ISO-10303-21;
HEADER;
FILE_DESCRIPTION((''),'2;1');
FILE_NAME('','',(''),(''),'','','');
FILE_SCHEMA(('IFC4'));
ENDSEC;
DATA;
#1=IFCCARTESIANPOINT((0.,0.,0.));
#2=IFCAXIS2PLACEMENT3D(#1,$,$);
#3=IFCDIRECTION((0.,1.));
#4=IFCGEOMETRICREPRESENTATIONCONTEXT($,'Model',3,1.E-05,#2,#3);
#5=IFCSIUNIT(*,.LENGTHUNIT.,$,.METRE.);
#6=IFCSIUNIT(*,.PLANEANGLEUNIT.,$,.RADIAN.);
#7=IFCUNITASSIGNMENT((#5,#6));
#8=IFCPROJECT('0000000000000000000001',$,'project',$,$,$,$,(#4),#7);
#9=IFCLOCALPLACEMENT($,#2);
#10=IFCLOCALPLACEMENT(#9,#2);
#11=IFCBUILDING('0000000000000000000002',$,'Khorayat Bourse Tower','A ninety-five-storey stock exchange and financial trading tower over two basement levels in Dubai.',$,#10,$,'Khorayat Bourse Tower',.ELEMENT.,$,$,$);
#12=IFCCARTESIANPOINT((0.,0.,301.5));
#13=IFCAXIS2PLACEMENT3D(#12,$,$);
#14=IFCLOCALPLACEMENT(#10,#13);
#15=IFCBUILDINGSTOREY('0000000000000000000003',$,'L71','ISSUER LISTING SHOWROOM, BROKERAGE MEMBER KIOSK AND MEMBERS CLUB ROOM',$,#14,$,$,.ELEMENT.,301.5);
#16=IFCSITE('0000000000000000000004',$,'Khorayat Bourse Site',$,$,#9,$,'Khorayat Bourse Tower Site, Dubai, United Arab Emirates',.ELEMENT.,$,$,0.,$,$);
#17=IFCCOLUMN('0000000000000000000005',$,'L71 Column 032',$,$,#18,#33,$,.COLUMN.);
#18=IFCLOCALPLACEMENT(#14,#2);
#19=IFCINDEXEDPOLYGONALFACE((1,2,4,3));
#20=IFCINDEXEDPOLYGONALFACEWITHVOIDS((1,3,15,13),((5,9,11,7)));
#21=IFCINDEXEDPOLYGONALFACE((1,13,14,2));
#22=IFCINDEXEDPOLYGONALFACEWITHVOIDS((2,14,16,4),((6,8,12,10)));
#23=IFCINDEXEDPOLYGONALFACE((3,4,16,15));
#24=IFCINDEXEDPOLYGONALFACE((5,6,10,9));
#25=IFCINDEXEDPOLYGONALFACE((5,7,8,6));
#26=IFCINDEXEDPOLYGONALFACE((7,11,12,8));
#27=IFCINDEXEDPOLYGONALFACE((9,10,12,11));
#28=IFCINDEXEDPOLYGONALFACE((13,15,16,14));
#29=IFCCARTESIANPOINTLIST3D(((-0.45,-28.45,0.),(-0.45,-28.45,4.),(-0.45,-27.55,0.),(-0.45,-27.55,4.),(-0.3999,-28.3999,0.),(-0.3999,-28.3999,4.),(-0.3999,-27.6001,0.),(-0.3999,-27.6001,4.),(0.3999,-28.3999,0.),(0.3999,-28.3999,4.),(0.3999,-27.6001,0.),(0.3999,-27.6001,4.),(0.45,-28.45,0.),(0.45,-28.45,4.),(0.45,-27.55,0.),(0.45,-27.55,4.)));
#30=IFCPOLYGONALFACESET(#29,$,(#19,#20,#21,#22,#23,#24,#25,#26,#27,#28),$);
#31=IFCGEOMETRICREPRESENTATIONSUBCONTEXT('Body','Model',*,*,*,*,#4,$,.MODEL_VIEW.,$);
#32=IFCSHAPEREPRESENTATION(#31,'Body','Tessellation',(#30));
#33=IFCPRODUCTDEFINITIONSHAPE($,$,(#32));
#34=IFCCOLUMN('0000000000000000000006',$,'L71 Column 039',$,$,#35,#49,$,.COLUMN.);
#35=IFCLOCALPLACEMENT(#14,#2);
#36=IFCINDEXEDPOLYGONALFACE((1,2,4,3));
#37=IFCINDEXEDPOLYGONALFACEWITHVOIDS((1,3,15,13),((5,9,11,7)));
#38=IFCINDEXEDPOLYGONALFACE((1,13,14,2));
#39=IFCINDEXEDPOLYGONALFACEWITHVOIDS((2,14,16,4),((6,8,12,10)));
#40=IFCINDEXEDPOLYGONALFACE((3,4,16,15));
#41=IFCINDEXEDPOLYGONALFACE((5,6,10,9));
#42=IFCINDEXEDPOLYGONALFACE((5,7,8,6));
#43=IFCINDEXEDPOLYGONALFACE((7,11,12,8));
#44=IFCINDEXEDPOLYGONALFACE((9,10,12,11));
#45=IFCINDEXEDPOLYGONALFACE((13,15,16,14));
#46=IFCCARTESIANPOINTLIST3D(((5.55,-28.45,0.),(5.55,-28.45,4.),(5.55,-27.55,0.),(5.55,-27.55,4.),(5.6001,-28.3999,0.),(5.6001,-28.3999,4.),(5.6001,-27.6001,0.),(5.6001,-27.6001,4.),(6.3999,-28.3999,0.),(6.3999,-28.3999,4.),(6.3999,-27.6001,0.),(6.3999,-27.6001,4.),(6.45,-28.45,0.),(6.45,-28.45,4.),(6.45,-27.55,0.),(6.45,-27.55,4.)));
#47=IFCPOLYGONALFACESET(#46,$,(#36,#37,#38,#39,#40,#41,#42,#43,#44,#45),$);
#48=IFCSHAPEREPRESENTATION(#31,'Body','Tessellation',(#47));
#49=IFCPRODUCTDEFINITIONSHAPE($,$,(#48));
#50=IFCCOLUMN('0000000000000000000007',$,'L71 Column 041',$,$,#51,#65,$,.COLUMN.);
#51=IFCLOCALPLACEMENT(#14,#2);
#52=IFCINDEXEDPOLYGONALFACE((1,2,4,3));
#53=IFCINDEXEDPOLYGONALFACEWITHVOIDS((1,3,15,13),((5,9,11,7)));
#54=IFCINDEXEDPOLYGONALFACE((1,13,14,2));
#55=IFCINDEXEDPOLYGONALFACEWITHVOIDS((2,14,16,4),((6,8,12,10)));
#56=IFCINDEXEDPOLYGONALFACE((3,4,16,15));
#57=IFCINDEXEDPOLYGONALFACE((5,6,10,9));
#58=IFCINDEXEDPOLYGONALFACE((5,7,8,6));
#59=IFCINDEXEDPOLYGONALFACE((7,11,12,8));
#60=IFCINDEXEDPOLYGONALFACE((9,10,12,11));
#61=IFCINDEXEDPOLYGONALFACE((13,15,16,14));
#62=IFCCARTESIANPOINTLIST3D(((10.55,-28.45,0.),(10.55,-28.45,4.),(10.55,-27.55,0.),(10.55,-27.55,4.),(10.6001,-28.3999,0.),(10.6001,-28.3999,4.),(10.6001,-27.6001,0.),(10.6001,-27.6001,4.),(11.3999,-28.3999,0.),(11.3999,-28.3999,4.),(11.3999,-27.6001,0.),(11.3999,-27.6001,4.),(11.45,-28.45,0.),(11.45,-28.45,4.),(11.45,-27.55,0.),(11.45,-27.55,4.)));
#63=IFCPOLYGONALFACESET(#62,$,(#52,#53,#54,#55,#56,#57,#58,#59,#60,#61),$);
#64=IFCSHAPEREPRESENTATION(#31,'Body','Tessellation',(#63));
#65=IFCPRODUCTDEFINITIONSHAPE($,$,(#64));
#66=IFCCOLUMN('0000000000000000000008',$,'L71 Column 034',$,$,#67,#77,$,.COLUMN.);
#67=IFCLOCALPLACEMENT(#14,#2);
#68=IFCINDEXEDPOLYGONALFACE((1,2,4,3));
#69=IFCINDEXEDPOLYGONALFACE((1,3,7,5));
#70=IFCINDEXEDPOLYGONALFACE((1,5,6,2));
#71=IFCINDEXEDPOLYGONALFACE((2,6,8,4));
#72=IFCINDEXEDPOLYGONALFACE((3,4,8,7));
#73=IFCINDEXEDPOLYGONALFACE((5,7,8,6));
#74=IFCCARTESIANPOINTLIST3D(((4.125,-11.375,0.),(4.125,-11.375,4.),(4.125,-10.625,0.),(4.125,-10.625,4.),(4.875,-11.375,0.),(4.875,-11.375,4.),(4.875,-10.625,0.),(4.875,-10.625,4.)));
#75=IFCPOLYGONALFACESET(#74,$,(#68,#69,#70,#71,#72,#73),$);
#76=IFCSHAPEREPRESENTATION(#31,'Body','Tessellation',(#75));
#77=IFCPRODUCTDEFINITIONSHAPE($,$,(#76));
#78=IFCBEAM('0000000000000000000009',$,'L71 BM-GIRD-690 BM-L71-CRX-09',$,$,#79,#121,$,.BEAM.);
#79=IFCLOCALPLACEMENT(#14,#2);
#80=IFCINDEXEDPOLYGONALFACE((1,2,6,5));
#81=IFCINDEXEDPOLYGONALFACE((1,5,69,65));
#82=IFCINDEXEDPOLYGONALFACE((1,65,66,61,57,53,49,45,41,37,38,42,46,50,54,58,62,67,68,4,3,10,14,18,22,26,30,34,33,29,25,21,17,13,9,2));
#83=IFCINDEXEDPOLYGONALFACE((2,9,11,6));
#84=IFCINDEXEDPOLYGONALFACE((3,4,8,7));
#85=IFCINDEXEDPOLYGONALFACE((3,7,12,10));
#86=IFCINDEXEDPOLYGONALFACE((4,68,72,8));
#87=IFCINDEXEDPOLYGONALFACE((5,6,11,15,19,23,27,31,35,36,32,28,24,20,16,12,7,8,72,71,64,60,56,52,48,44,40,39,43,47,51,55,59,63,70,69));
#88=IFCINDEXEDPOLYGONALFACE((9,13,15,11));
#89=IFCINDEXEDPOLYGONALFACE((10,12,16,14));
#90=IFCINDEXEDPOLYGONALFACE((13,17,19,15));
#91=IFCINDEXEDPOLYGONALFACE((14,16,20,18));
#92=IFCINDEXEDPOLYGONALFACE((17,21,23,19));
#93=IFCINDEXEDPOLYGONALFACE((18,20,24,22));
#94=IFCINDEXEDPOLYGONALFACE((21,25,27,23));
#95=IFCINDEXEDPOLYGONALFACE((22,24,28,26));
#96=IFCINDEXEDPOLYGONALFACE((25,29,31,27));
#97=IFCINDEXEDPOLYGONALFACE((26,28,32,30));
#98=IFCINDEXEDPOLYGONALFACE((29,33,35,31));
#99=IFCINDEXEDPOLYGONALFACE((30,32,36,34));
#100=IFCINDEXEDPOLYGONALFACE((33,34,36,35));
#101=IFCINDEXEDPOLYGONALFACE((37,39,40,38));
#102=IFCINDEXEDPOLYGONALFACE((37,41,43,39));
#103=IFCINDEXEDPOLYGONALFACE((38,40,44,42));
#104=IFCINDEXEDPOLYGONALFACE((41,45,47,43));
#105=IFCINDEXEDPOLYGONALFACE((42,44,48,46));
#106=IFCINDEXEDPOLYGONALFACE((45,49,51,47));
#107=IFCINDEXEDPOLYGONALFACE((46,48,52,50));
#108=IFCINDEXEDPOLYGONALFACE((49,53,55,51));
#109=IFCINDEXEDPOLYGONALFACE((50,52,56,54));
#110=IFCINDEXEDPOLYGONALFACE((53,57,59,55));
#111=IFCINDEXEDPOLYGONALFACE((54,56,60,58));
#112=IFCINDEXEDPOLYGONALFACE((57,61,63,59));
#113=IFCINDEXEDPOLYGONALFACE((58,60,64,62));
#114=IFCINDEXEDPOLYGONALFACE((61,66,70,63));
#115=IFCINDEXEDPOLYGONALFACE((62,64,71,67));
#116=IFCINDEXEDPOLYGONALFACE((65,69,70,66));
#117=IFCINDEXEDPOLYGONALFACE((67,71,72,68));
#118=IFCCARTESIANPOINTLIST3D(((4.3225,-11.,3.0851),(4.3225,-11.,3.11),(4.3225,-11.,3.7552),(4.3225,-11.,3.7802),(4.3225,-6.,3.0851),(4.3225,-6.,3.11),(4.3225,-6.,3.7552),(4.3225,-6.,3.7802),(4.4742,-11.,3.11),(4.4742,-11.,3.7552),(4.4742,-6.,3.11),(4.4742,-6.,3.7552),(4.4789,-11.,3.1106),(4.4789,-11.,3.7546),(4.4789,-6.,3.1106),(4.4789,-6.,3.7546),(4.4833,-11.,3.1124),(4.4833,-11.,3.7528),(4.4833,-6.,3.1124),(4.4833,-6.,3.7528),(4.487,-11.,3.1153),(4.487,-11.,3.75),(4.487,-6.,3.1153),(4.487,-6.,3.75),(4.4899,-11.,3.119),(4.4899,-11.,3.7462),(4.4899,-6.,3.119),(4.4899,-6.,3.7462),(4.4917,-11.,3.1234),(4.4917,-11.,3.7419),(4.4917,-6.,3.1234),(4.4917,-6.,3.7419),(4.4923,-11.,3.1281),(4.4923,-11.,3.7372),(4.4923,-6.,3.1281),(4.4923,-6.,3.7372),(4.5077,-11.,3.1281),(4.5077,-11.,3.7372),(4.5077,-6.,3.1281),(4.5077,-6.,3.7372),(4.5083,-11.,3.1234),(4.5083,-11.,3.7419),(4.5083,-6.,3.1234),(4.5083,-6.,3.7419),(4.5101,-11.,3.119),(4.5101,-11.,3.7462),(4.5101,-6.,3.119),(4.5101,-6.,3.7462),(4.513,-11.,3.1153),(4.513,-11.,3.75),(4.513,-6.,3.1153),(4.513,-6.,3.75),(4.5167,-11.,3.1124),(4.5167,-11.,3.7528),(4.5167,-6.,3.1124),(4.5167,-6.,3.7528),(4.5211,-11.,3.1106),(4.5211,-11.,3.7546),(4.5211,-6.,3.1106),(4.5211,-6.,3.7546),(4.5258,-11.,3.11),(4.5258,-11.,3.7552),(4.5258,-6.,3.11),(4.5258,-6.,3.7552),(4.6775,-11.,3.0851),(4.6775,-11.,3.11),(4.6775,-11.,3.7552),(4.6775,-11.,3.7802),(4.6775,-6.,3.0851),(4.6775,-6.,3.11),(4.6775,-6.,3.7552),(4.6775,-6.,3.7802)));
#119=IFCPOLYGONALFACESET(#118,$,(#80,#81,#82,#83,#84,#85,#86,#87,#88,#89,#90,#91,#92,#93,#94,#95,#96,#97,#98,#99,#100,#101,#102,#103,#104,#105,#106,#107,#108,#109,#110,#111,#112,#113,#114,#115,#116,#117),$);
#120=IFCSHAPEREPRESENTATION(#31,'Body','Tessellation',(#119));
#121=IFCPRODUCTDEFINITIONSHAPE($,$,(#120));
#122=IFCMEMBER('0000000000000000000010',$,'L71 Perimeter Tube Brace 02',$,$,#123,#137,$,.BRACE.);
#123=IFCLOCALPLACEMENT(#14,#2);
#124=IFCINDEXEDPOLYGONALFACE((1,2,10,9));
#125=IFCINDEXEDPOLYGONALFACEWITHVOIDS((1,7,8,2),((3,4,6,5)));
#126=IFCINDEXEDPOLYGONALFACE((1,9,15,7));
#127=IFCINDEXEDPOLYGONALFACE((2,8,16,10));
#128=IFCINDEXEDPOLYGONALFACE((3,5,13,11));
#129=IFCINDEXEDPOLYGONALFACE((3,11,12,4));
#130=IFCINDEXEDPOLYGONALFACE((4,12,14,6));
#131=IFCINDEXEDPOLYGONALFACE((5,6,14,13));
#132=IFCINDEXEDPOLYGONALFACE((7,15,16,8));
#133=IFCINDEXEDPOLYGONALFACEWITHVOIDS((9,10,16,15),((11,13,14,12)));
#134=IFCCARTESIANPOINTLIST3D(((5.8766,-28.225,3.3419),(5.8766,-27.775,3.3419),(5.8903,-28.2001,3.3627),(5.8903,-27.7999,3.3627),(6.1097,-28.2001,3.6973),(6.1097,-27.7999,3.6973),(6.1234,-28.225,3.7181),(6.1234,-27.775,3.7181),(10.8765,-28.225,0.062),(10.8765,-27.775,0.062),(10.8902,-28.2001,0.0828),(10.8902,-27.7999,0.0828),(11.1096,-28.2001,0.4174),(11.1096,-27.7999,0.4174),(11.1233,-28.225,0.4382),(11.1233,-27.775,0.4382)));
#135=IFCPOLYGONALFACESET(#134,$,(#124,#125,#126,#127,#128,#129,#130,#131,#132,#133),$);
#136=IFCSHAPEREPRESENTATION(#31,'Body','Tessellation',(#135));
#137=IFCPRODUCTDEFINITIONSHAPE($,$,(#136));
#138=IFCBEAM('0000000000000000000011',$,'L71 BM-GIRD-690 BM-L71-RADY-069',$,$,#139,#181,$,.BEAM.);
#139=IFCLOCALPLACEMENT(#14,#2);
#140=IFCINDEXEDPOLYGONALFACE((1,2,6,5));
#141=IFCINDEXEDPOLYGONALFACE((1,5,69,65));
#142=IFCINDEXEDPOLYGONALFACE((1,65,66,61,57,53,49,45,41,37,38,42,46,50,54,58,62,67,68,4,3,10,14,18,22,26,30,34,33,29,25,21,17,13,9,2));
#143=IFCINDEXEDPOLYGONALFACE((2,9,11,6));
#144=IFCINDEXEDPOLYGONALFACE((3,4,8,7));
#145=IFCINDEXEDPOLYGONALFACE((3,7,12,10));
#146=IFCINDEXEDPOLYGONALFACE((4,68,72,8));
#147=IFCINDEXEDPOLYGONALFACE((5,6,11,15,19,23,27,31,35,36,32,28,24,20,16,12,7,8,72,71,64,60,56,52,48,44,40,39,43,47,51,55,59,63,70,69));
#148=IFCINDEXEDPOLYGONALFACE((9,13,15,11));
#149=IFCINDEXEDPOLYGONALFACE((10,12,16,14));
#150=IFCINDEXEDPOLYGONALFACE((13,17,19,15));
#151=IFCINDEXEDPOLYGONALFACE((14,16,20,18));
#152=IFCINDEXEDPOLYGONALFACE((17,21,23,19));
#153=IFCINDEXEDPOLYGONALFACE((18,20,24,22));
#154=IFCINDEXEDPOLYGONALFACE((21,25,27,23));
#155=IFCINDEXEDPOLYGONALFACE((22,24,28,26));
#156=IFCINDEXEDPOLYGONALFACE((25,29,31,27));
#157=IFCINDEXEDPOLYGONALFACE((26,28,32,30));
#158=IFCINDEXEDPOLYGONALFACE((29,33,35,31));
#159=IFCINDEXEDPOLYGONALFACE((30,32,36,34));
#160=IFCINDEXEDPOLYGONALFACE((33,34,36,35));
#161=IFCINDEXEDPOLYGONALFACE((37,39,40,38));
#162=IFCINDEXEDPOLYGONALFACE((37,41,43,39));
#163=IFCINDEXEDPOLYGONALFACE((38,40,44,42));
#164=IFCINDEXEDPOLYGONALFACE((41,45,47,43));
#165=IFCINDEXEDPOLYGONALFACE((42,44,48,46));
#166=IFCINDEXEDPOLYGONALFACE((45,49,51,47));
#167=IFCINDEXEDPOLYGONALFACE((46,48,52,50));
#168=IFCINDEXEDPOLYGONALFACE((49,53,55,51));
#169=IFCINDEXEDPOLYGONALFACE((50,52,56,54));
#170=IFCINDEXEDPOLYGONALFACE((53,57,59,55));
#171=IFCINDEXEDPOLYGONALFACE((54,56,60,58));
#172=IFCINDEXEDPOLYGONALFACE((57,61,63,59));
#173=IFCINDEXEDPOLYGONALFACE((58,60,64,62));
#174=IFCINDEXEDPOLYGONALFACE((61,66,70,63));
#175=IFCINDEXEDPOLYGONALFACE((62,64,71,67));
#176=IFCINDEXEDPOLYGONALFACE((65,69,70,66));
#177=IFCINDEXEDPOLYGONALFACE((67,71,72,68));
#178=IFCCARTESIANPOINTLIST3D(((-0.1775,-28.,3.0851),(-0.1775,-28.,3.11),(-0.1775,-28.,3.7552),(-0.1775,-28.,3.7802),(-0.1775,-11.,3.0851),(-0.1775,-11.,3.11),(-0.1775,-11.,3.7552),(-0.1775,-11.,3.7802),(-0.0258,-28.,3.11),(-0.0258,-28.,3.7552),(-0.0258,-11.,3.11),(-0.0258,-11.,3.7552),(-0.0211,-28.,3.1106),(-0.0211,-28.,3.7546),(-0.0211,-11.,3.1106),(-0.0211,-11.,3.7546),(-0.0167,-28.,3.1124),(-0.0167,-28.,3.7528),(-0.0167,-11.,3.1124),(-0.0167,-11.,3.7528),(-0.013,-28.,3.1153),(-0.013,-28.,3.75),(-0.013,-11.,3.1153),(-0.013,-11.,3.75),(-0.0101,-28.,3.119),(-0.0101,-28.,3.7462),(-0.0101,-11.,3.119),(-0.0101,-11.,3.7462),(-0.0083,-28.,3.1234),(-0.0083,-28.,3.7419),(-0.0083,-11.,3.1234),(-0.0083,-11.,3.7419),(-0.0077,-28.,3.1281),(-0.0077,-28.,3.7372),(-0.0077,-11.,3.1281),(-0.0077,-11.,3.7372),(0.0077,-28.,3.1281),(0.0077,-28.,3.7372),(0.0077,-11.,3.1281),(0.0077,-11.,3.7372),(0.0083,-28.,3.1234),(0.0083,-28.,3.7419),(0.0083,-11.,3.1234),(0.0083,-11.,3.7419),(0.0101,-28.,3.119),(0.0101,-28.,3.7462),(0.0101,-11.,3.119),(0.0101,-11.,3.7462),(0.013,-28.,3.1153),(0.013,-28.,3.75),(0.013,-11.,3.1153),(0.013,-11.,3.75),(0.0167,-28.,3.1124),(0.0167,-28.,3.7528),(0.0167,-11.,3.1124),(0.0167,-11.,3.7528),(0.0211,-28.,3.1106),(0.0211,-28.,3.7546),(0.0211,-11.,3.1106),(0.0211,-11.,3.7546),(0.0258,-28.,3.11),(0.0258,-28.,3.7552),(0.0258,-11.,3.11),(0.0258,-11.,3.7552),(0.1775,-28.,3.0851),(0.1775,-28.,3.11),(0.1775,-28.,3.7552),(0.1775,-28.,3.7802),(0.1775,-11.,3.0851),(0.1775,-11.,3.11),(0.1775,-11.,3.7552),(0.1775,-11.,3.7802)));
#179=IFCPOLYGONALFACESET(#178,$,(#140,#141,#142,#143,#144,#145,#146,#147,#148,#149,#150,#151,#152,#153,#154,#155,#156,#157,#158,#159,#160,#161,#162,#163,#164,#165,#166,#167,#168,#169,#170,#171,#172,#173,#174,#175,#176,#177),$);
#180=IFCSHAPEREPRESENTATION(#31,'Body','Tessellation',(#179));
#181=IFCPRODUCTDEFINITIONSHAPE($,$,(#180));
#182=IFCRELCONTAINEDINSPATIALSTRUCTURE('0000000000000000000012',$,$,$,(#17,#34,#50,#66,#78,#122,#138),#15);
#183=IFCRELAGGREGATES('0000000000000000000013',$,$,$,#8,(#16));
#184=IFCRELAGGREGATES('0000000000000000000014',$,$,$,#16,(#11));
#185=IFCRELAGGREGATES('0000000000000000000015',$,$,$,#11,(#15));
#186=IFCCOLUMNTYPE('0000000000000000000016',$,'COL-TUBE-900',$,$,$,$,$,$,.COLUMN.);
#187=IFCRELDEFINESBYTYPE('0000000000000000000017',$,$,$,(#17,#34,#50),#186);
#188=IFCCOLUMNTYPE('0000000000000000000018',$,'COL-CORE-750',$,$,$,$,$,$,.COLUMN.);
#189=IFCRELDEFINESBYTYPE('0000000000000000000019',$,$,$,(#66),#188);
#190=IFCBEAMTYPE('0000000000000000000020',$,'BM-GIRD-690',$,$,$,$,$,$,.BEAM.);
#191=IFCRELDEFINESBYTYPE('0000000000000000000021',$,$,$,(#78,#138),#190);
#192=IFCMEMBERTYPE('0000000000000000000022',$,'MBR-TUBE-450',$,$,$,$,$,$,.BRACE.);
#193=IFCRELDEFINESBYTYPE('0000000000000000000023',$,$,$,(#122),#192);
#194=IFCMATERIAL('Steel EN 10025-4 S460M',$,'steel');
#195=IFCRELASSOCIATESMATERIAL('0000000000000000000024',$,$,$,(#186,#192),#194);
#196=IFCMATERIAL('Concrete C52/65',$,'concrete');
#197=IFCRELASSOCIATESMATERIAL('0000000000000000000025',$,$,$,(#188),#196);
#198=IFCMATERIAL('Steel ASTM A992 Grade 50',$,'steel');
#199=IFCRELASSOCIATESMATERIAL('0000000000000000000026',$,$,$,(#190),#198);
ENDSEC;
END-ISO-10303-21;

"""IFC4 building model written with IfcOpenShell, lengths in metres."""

from ifc_helpers import new_model, si_unit, direction, frame, origin, origin_2d, place, context, subcontext, project, spatial, rectangle, hollow_rectangle, i_section, extrude, source, transform, mapped, material, material_profile, profile_set, type_object, element, save


model = new_model("IFC4")

# Units and contexts
model_context = context("Model", 3, precision=1e-05, world=origin(), true_north=direction((0.0, 1.0)))
body_context = subcontext(model_context, "Body", "Model", "MODEL_VIEW")
ifc_project = project(units=[si_unit("LENGTHUNIT", "METRE"), si_unit("PLANEANGLEUNIT", "RADIAN")], contexts=[model_context])

# Site, building, storey
site_placement = place(None, origin())
site = spatial("IfcSite", under=ifc_project, at=site_placement, Name="Khorayat Bourse Site", LongName="Khorayat Bourse Tower Site, Dubai, United Arab Emirates", CompositionType="ELEMENT", RefElevation=0.0)
building_placement = place(site_placement, origin())
building = spatial("IfcBuilding", under=site, at=building_placement, Name="Khorayat Bourse Tower", Description="A ninety-five-storey stock exchange and financial trading tower over two basement levels in Dubai.", LongName="Khorayat Bourse Tower", CompositionType="ELEMENT")
storey_placement = place(building_placement, frame((0.0, 0.0, 301.5)))
storey = spatial("IfcBuildingStorey", under=building, at=storey_placement, Name="L71", Description="ISSUER LISTING SHOWROOM, BROKERAGE MEMBER KIOSK AND MEMBERS CLUB ROOM", CompositionType="ELEMENT", Elevation=301.5)

# Columns
ifc_material_1 = material(Name="Steel EN 10025-4 S460M", Category="steel")
ifc_material_profile_1 = material_profile(ifc_material_1, hollow_rectangle(XDim=0.8999, YDim=0.8999, WallThickness=0.05, at=origin_2d()), Name="BOX 900x900x50")
ifc_profile_set_1 = profile_set([ifc_material_profile_1], Name="Steel EN 10025-4 S460M")
column_type_1 = type_object("IfcColumnType", Name="COL-TUBE-900", PredefinedType="COLUMN", material=ifc_profile_set_1)
shared_shape_1 = source(origin(), body_context, "Body", "SweptSolid", [
    extrude(hollow_rectangle(XDim=0.8999, YDim=0.8999, WallThickness=0.05, at=origin_2d()), origin(), (0.0, 0.0, 1.0), 4.0),
])
for number, where, z_axis, x_axis, name in (
    (1, (0.0, -28.0, 0.0), (0.0, 0.0, 1.0), (1.0, 0.0, 0.0), "L71 Column 032"),
    (2, (6.0, -28.0, 0.0), (0.0, 0.0, 1.0), (1.0, 0.0, 0.0), "L71 Column 039"),
    (3, (11.0, -28.0, 0.0), (0.0, 0.0, 1.0), (1.0, 0.0, 0.0), "L71 Column 041"),
):
    element("IfcColumn", number, at=place(storey_placement, frame(where, z_axis=z_axis, x_axis=x_axis)), inside=storey, type_object=column_type_1, Name=name, PredefinedType="COLUMN", context=body_context, shape_type="MappedRepresentation", body=[
        mapped(shared_shape_1, transform((0.0, 0.0, 0.0), scale=1.0)),
    ])
ifc_material_2 = material(Name="Concrete C52/65", Category="concrete")
ifc_material_profile_2 = material_profile(ifc_material_2, rectangle(XDim=0.75, YDim=0.75, at=origin_2d()), Name="RC 750x750")
ifc_profile_set_2 = profile_set([ifc_material_profile_2], Name="Concrete C52/65")
column_type_2 = type_object("IfcColumnType", Name="COL-CORE-750", PredefinedType="COLUMN", material=ifc_profile_set_2)
shared_shape_2 = source(origin(), body_context, "Body", "SweptSolid", [
    extrude(rectangle(XDim=0.75, YDim=0.75, at=origin_2d()), origin(), (0.0, 0.0, 1.0), 4.0),
])
column_placement = place(storey_placement, frame((4.5, -11.0, 0.0), z_axis=(0.0, 0.0, 1.0), x_axis=(1.0, 0.0, 0.0)))
element("IfcColumn", 4, at=column_placement, inside=storey, type_object=column_type_2, Name="L71 Column 034", PredefinedType="COLUMN", context=body_context, shape_type="MappedRepresentation", body=[
    mapped(shared_shape_2, transform((0.0, 0.0, 0.0), scale=1.0)),
])

# Beam
ifc_material_3 = material(Name="Steel ASTM A992 Grade 50", Category="steel")
ifc_material_profile_3 = material_profile(ifc_material_3, i_section(OverallWidth=0.355, OverallDepth=0.6951, WebThickness=0.0154, FlangeThickness=0.0249, FilletRadius=0.0181, at=origin_2d()), Name="W690X217")
ifc_profile_set_3 = profile_set([ifc_material_profile_3], Name="Steel ASTM A992 Grade 50")
beam_type_1 = type_object("IfcBeamType", Name="BM-GIRD-690", PredefinedType="BEAM", material=ifc_profile_set_3)
shared_shape_3 = source(origin(), body_context, "Body", "SweptSolid", [
    extrude(i_section(OverallWidth=0.355, OverallDepth=0.6951, WebThickness=0.0154, FlangeThickness=0.0249, FilletRadius=0.0181, at=origin_2d()), origin(), (0.0, 0.0, 1.0), 5.0),
])
beam_1_placement = place(storey_placement, frame((4.5, -11.0, 3.4326), z_axis=(0.0, 1.0, 0.0), x_axis=(-1.0, 0.0, 0.0)))
element("IfcBeam", 5, at=beam_1_placement, inside=storey, type_object=beam_type_1, Name="L71 BM-GIRD-690 BM-L71-CRX-09", PredefinedType="BEAM", context=body_context, shape_type="MappedRepresentation", body=[
    mapped(shared_shape_3, transform((0.0, 0.0, 0.0), scale=1.0)),
])

# Member
ifc_material_profile_4 = material_profile(ifc_material_1, hollow_rectangle(XDim=0.45, YDim=0.45, WallThickness=0.0249, at=origin_2d()), Name="HSS 450x450x25")
ifc_profile_set_4 = profile_set([ifc_material_profile_4], Name="Steel EN 10025-4 S460M")
member_type_1 = type_object("IfcMemberType", Name="MBR-TUBE-450", PredefinedType="BRACE", material=ifc_profile_set_4)
shared_shape_4 = source(origin(), body_context, "Body", "SweptSolid", [
    extrude(hollow_rectangle(XDim=0.45, YDim=0.45, WallThickness=0.0249, at=origin_2d()), origin(), (0.0, 0.0, 1.0), 5.9797),
])
member_1_placement = place(storey_placement, frame((6.0, -28.0, 3.53), z_axis=(0.836142, 0.0, -0.548514), x_axis=(0.0, 1.0, 0.0)))
element("IfcMember", 6, at=member_1_placement, inside=storey, type_object=member_type_1, Name="L71 Perimeter Tube Brace 02", PredefinedType="BRACE", context=body_context, shape_type="MappedRepresentation", body=[
    mapped(shared_shape_4, transform((0.0, 0.0, 0.0), scale=1.0)),
])

# Beam
shared_shape_5 = source(origin(), body_context, "Body", "SweptSolid", [
    extrude(i_section(OverallWidth=0.355, OverallDepth=0.6951, WebThickness=0.0154, FlangeThickness=0.0249, FilletRadius=0.0181, at=origin_2d()), origin(), (0.0, 0.0, 1.0), 17.0),
])
for number, where, z_axis, x_axis, name in (
    (7, (0.0, -28.0, 3.4326), (0.0, 1.0, 0.0), (-1.0, 0.0, 0.0), "L71 BM-GIRD-690 BM-L71-RADY-069"),
):
    element("IfcBeam", number, at=place(storey_placement, frame(where, z_axis=z_axis, x_axis=x_axis)), inside=storey, type_object=beam_type_1, Name=name, PredefinedType="BEAM", context=body_context, shape_type="MappedRepresentation", body=[
        mapped(shared_shape_5, transform((0.0, 0.0, 0.0), scale=1.0)),
    ])

save(model, "model.ifc")
